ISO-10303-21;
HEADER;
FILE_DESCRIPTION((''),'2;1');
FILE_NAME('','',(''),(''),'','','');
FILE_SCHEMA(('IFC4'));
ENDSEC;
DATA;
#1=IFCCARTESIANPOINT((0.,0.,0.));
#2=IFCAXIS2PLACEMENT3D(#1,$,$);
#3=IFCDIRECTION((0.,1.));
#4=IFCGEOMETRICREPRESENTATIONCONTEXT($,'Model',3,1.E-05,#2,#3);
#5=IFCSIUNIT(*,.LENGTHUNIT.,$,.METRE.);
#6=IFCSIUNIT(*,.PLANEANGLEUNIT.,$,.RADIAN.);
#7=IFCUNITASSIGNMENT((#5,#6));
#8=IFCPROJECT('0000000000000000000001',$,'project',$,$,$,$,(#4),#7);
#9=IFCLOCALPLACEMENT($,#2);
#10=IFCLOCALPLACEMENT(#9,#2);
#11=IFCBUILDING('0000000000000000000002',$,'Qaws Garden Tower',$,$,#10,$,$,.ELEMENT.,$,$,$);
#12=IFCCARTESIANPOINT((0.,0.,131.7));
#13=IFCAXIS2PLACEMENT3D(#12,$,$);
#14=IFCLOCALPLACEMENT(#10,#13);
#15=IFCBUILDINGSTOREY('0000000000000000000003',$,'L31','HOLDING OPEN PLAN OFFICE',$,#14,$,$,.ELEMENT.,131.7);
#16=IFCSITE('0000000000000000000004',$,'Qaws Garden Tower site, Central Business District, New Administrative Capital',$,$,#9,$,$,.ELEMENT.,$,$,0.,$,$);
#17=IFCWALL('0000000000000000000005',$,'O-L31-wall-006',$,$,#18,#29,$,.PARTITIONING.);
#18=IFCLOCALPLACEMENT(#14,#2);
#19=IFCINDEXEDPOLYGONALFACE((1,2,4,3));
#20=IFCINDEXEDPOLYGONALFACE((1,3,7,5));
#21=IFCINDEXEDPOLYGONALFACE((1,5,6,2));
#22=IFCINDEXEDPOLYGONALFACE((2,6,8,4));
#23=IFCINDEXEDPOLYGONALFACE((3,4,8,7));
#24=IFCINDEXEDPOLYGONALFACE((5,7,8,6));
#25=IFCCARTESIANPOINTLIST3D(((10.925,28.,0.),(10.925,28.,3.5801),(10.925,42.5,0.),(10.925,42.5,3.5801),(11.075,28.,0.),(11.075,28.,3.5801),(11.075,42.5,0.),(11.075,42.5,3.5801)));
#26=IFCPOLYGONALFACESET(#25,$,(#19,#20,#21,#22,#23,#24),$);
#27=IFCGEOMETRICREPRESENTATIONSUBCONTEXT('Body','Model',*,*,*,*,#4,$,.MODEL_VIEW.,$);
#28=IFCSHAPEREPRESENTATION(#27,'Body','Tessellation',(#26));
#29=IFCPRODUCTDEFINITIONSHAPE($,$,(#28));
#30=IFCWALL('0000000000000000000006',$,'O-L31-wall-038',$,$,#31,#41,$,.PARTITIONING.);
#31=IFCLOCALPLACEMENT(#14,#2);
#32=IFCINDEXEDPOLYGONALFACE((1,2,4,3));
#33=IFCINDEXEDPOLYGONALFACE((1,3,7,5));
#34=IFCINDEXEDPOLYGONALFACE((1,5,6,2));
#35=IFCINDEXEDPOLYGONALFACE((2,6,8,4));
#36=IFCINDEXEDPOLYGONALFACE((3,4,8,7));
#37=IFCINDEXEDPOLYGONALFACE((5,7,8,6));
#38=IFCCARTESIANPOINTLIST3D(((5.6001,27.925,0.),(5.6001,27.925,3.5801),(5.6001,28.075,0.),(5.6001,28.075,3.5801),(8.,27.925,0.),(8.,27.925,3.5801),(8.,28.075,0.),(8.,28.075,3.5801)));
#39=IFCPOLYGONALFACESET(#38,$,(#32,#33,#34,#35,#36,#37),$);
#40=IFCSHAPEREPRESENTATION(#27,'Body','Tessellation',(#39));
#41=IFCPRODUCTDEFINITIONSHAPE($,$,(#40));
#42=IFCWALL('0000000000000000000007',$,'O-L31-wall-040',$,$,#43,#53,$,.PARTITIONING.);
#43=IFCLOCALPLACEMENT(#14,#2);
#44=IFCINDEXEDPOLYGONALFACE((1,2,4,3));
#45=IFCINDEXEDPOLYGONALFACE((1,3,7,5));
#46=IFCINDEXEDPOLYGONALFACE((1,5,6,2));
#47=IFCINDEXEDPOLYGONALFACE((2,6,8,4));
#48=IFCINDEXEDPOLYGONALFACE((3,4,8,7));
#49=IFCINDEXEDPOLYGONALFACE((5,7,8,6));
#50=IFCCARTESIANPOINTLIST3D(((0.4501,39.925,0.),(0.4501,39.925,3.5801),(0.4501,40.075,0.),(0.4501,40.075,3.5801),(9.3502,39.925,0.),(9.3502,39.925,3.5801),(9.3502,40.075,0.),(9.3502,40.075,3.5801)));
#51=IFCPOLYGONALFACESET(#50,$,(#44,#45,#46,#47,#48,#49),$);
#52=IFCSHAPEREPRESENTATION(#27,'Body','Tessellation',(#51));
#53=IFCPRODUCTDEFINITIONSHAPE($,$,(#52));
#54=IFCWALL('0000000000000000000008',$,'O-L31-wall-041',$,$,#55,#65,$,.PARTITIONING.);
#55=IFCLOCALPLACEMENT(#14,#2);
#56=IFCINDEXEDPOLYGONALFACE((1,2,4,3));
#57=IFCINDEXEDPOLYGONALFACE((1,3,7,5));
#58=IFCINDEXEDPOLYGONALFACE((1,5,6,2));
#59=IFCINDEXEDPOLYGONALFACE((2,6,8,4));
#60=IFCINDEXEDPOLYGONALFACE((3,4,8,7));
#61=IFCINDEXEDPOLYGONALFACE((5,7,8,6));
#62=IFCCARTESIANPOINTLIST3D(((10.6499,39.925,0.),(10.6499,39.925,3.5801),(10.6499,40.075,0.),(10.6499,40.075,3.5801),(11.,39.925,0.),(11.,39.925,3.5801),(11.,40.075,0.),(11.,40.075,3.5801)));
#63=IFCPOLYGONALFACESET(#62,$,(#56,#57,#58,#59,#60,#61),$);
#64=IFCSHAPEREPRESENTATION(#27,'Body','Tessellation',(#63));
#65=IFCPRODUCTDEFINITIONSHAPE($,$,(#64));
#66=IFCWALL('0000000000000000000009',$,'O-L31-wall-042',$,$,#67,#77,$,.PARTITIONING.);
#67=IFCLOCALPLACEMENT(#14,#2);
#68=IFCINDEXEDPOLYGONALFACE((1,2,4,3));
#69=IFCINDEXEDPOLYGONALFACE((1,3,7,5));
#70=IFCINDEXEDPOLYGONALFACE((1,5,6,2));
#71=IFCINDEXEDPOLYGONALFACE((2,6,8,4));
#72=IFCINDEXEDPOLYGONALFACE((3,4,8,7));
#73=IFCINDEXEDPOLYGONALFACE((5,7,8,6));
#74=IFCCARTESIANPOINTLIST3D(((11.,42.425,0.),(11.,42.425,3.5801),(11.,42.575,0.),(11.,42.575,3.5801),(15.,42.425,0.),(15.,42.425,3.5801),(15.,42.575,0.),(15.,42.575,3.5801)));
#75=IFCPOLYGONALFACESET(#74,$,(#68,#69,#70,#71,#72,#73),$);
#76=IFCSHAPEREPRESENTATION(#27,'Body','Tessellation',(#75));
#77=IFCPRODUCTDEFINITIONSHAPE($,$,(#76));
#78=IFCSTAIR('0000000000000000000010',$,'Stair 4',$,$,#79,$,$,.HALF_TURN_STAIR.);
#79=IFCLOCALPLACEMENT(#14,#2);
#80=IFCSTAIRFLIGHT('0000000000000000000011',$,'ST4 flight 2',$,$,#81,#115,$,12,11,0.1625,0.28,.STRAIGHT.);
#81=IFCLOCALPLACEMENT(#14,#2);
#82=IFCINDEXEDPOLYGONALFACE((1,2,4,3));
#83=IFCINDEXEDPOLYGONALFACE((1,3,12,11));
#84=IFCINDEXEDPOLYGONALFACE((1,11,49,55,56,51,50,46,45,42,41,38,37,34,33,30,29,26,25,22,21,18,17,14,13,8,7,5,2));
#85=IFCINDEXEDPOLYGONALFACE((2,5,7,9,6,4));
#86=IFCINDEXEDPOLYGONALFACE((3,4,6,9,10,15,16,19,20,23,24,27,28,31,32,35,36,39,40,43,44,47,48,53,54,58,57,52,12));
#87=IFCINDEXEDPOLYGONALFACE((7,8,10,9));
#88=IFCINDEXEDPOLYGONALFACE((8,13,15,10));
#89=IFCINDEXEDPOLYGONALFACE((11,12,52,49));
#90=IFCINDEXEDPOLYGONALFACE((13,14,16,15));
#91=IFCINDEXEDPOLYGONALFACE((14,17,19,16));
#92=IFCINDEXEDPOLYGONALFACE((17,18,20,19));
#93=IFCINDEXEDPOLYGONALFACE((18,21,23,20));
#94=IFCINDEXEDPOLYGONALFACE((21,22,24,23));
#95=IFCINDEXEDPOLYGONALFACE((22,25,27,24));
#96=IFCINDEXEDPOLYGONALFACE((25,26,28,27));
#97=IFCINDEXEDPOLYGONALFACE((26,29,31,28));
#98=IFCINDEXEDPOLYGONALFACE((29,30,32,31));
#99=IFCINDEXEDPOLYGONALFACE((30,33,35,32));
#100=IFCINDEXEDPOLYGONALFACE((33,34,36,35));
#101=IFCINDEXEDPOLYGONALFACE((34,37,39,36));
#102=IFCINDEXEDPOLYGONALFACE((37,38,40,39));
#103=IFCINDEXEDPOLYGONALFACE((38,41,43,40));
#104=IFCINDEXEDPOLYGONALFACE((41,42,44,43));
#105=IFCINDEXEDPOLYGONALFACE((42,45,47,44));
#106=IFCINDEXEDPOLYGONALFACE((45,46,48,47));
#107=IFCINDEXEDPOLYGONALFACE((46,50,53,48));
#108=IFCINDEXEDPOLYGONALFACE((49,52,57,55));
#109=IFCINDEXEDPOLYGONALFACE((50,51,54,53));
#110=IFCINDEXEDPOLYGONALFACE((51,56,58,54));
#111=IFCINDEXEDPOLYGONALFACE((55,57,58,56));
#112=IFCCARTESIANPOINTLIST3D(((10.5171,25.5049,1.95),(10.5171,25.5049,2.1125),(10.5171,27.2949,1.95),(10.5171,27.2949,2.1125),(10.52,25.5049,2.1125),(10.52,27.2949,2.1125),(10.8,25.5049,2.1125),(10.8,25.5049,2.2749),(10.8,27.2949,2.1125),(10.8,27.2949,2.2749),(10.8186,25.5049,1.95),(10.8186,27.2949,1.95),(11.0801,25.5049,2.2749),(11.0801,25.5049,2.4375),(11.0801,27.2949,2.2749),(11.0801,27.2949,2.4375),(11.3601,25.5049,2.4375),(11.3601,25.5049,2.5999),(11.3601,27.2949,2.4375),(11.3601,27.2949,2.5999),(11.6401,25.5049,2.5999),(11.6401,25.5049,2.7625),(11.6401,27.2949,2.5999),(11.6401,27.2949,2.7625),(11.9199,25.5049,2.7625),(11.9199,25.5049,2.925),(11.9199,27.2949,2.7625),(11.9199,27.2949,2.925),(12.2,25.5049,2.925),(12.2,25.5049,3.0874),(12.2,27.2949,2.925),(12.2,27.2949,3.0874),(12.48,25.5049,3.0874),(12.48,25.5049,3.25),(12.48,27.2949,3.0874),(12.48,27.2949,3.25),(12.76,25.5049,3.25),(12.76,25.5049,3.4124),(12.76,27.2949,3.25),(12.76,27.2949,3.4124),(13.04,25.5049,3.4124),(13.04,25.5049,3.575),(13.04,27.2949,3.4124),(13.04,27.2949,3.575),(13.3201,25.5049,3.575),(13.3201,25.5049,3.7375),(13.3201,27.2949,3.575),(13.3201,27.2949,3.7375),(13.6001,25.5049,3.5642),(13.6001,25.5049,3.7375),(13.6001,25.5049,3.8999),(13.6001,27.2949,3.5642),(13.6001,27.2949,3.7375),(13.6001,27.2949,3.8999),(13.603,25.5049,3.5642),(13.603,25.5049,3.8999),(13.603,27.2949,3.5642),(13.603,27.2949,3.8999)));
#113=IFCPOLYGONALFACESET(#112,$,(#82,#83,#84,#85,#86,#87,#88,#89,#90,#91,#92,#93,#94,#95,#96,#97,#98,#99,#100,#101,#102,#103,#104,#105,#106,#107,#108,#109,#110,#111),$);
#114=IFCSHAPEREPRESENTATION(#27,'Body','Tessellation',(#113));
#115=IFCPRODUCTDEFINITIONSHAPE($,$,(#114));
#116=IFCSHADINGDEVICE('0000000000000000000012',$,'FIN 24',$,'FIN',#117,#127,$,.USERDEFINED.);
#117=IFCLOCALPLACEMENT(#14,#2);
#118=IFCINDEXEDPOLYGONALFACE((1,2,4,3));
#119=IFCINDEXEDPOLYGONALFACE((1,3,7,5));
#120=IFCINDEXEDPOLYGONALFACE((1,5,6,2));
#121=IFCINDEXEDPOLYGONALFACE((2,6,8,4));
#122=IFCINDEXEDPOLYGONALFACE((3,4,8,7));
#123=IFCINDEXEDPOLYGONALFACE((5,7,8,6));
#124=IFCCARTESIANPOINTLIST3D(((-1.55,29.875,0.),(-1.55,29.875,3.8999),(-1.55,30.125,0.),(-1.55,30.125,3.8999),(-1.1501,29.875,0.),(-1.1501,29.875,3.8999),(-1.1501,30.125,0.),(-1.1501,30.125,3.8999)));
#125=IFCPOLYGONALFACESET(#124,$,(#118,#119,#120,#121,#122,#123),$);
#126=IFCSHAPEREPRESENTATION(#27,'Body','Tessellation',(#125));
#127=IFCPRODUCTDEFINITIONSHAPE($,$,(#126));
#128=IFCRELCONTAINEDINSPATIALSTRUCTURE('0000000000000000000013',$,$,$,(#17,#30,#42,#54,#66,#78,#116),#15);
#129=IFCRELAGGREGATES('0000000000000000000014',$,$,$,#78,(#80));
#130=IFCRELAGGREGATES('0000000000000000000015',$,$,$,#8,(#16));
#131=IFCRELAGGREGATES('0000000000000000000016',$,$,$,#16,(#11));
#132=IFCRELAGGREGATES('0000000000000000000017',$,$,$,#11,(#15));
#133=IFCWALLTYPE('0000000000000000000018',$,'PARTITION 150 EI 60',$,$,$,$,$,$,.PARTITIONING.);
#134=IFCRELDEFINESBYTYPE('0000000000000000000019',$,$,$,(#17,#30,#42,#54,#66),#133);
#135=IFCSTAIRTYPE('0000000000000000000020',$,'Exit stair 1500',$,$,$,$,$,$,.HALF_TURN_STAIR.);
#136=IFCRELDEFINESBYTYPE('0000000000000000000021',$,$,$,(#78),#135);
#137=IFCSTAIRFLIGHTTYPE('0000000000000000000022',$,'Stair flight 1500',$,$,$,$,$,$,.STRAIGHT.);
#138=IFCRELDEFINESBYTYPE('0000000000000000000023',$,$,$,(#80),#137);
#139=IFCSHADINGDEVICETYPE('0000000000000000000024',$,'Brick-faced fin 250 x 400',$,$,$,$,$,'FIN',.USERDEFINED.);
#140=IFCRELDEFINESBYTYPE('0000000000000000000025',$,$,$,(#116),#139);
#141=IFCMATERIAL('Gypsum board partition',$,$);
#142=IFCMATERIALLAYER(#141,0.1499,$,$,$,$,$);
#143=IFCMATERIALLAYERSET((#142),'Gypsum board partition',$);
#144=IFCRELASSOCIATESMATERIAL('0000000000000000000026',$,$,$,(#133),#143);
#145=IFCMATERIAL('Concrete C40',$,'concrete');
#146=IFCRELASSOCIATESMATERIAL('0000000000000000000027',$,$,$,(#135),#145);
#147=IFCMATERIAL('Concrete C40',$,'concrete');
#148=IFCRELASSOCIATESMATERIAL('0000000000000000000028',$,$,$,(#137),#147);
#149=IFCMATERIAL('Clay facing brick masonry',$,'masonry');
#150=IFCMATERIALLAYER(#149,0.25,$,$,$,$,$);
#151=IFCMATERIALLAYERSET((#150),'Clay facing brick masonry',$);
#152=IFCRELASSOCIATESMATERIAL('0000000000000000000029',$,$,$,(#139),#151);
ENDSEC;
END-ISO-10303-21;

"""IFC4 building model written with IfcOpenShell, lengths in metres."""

from ifc_helpers import new_model, si_unit, direction, frame, frame_2d, origin, origin_2d, place, context, subcontext, project, spatial, polyline, rectangle, outline, extrude, material, layer, layer_set, type_object, element, aggregate, save


model = new_model("IFC4")

# Units and contexts
model_context = context("Model", 3, precision=1e-05, world=origin(), true_north=direction((0.0, 1.0)))
body_context = subcontext(model_context, "Body", "Model", "MODEL_VIEW")
ifc_project = project(units=[si_unit("LENGTHUNIT", "METRE"), si_unit("PLANEANGLEUNIT", "RADIAN")], contexts=[model_context])

# Site, building, storey
site_placement = place(None, origin())
site = spatial("IfcSite", under=ifc_project, at=site_placement, Name="Qaws Garden Tower site, Central Business District, New Administrative Capital", CompositionType="ELEMENT", RefElevation=0.0)
building_placement = place(site_placement, origin())
building = spatial("IfcBuilding", under=site, at=building_placement, Name="Qaws Garden Tower", CompositionType="ELEMENT")
storey_placement = place(building_placement, frame((0.0, 0.0, 131.7)))
storey = spatial("IfcBuildingStorey", under=building, at=storey_placement, Name="L31", Description="HOLDING OPEN PLAN OFFICE", CompositionType="ELEMENT", Elevation=131.7)

# Walls
ifc_material_1 = material(Name="Gypsum board partition")
ifc_layer_1 = layer(ifc_material_1, 0.1499)
ifc_layer_set_1 = layer_set([ifc_layer_1], Name="Gypsum board partition")
wall_type_1 = type_object("IfcWallType", Name="PARTITION 150 EI 60", PredefinedType="PARTITIONING", material=ifc_layer_set_1)
wall_1_placement = place(storey_placement, frame((11.0, 28.0, 0.0), z_axis=(0.0, 0.0, 1.0), x_axis=(0.0, 1.0, 0.0)))
element("IfcWall", 1, at=wall_1_placement, inside=storey, type_object=wall_type_1, Name="O-L31-wall-006", PredefinedType="PARTITIONING", context=body_context, shape_type="SweptSolid", body=[
    extrude(rectangle(XDim=14.5, YDim=0.1499, at=frame_2d((7.25, 0.0))), origin(), (0.0, 0.0, 1.0), 3.5801),
])
wall_2_placement = place(storey_placement, frame((5.6001, 28.0, 0.0), z_axis=(0.0, 0.0, 1.0), x_axis=(1.0, 0.0, 0.0)))
element("IfcWall", 2, at=wall_2_placement, inside=storey, type_object=wall_type_1, Name="O-L31-wall-038", PredefinedType="PARTITIONING", context=body_context, shape_type="SweptSolid", body=[
    extrude(rectangle(XDim=2.3999, YDim=0.1499, at=frame_2d((1.2, 0.0))), origin(), (0.0, 0.0, 1.0), 3.5801),
])
wall_3_placement = place(storey_placement, frame((0.45, 40.0, 0.0), z_axis=(0.0, 0.0, 1.0), x_axis=(1.0, 0.0, 0.0)))
element("IfcWall", 3, at=wall_3_placement, inside=storey, type_object=wall_type_1, Name="O-L31-wall-040", PredefinedType="PARTITIONING", context=body_context, shape_type="SweptSolid", body=[
    extrude(rectangle(XDim=8.9001, YDim=0.1499, at=frame_2d((4.4502, 0.0))), origin(), (0.0, 0.0, 1.0), 3.5801),
])
wall_4_placement = place(storey_placement, frame((10.6499, 40.0, 0.0), z_axis=(0.0, 0.0, 1.0), x_axis=(1.0, 0.0, 0.0)))
element("IfcWall", 4, at=wall_4_placement, inside=storey, type_object=wall_type_1, Name="O-L31-wall-041", PredefinedType="PARTITIONING", context=body_context, shape_type="SweptSolid", body=[
    extrude(rectangle(XDim=0.3501, YDim=0.1499, at=frame_2d((0.175, 0.0))), origin(), (0.0, 0.0, 1.0), 3.5801),
])
wall_5_placement = place(storey_placement, frame((11.0, 42.5, 0.0), z_axis=(0.0, 0.0, 1.0), x_axis=(1.0, 0.0, 0.0)))
element("IfcWall", 5, at=wall_5_placement, inside=storey, type_object=wall_type_1, Name="O-L31-wall-042", PredefinedType="PARTITIONING", context=body_context, shape_type="SweptSolid", body=[
    extrude(rectangle(XDim=4.0, YDim=0.1499, at=frame_2d((2.0, 0.0))), origin(), (0.0, 0.0, 1.0), 3.5801),
])

# Stair, stair flight
ifc_material_2 = material(Name="Concrete C40", Category="concrete")
stair_type = type_object("IfcStairType", Name="Exit stair 1500", PredefinedType="HALF_TURN_STAIR", material=ifc_material_2)
stair_placement = place(storey_placement, origin())
stair = element("IfcStair", 6, at=stair_placement, inside=storey, type_object=stair_type, Name="Stair 4", PredefinedType="HALF_TURN_STAIR")
ifc_material_3 = material(Name="Concrete C40", Category="concrete")
stair_flight_type = type_object("IfcStairFlightType", Name="Stair flight 1500", PredefinedType="STRAIGHT", material=ifc_material_3)
stair_flight_placement = place(storey_placement, frame((10.52, 26.3999, 1.95), z_axis=(0.0, 0.0, 1.0), x_axis=(1.0, 0.0, 0.0)))
stair_flight = element("IfcStairFlight", 7, at=stair_flight_placement, type_object=stair_flight_type, Name="ST4 flight 2", NumberOfRisers=12, NumberOfTreads=11, PredefinedType="STRAIGHT", RiserHeight=0.1625, TreadLength=0.28, context=body_context, shape_type="SweptSolid", body=[
    extrude(outline(polyline([(-0.0029, 0.0), (-0.0029, 0.1626), (0.0, 0.1626), (0.28, 0.1626), (0.28, 0.325), (0.5601, 0.325), (0.5601, 0.4875), (0.8401, 0.4875), (0.8401, 0.6499), (1.1201, 0.6499), (1.1201, 0.8125), (1.3999, 0.8125), (1.3999, 0.9751), (1.6799, 0.9751), (1.6799, 1.1375), (1.96, 1.1375), (1.96, 1.3), (2.24, 1.3), (2.24, 1.4624), (2.52, 1.4624), (2.52, 1.625), (2.8, 1.625), (2.8, 1.7876), (3.0801, 1.7876), (3.0801, 1.95), (3.083, 1.95), (3.083, 1.6143), (3.0801, 1.6143), (0.2986, 0.0), (-0.0029, 0.0)])), frame((0.0, 0.895, 0.0), z_axis=(0.0, -1.0, 0.0), x_axis=(1.0, 0.0, 0.0)), (0.0, 0.0, 1.0), 1.79),
])
aggregate(stair, [stair_flight])

# Shading device
ifc_material_4 = material(Name="Clay facing brick masonry", Category="masonry")
ifc_layer_2 = layer(ifc_material_4, 0.25)
ifc_layer_set_2 = layer_set([ifc_layer_2], Name="Clay facing brick masonry")
shading_device_type = type_object("IfcShadingDeviceType", Name="Brick-faced fin 250 x 400", ElementType="FIN", PredefinedType="USERDEFINED", material=ifc_layer_set_2)
shading_device_placement = place(storey_placement, frame((-1.3501, 30.0, 0.0), z_axis=(0.0, 0.0, 1.0), x_axis=(0.0, -1.0, 0.0)))
element("IfcShadingDevice", 8, at=shading_device_placement, inside=storey, type_object=shading_device_type, Name="FIN 24", ObjectType="FIN", PredefinedType="USERDEFINED", context=body_context, shape_type="SweptSolid", body=[
    extrude(rectangle(XDim=0.25, YDim=0.3999, at=origin_2d()), origin(), (0.0, 0.0, 1.0), 3.8999),
])

save(model, "model.ifc")
